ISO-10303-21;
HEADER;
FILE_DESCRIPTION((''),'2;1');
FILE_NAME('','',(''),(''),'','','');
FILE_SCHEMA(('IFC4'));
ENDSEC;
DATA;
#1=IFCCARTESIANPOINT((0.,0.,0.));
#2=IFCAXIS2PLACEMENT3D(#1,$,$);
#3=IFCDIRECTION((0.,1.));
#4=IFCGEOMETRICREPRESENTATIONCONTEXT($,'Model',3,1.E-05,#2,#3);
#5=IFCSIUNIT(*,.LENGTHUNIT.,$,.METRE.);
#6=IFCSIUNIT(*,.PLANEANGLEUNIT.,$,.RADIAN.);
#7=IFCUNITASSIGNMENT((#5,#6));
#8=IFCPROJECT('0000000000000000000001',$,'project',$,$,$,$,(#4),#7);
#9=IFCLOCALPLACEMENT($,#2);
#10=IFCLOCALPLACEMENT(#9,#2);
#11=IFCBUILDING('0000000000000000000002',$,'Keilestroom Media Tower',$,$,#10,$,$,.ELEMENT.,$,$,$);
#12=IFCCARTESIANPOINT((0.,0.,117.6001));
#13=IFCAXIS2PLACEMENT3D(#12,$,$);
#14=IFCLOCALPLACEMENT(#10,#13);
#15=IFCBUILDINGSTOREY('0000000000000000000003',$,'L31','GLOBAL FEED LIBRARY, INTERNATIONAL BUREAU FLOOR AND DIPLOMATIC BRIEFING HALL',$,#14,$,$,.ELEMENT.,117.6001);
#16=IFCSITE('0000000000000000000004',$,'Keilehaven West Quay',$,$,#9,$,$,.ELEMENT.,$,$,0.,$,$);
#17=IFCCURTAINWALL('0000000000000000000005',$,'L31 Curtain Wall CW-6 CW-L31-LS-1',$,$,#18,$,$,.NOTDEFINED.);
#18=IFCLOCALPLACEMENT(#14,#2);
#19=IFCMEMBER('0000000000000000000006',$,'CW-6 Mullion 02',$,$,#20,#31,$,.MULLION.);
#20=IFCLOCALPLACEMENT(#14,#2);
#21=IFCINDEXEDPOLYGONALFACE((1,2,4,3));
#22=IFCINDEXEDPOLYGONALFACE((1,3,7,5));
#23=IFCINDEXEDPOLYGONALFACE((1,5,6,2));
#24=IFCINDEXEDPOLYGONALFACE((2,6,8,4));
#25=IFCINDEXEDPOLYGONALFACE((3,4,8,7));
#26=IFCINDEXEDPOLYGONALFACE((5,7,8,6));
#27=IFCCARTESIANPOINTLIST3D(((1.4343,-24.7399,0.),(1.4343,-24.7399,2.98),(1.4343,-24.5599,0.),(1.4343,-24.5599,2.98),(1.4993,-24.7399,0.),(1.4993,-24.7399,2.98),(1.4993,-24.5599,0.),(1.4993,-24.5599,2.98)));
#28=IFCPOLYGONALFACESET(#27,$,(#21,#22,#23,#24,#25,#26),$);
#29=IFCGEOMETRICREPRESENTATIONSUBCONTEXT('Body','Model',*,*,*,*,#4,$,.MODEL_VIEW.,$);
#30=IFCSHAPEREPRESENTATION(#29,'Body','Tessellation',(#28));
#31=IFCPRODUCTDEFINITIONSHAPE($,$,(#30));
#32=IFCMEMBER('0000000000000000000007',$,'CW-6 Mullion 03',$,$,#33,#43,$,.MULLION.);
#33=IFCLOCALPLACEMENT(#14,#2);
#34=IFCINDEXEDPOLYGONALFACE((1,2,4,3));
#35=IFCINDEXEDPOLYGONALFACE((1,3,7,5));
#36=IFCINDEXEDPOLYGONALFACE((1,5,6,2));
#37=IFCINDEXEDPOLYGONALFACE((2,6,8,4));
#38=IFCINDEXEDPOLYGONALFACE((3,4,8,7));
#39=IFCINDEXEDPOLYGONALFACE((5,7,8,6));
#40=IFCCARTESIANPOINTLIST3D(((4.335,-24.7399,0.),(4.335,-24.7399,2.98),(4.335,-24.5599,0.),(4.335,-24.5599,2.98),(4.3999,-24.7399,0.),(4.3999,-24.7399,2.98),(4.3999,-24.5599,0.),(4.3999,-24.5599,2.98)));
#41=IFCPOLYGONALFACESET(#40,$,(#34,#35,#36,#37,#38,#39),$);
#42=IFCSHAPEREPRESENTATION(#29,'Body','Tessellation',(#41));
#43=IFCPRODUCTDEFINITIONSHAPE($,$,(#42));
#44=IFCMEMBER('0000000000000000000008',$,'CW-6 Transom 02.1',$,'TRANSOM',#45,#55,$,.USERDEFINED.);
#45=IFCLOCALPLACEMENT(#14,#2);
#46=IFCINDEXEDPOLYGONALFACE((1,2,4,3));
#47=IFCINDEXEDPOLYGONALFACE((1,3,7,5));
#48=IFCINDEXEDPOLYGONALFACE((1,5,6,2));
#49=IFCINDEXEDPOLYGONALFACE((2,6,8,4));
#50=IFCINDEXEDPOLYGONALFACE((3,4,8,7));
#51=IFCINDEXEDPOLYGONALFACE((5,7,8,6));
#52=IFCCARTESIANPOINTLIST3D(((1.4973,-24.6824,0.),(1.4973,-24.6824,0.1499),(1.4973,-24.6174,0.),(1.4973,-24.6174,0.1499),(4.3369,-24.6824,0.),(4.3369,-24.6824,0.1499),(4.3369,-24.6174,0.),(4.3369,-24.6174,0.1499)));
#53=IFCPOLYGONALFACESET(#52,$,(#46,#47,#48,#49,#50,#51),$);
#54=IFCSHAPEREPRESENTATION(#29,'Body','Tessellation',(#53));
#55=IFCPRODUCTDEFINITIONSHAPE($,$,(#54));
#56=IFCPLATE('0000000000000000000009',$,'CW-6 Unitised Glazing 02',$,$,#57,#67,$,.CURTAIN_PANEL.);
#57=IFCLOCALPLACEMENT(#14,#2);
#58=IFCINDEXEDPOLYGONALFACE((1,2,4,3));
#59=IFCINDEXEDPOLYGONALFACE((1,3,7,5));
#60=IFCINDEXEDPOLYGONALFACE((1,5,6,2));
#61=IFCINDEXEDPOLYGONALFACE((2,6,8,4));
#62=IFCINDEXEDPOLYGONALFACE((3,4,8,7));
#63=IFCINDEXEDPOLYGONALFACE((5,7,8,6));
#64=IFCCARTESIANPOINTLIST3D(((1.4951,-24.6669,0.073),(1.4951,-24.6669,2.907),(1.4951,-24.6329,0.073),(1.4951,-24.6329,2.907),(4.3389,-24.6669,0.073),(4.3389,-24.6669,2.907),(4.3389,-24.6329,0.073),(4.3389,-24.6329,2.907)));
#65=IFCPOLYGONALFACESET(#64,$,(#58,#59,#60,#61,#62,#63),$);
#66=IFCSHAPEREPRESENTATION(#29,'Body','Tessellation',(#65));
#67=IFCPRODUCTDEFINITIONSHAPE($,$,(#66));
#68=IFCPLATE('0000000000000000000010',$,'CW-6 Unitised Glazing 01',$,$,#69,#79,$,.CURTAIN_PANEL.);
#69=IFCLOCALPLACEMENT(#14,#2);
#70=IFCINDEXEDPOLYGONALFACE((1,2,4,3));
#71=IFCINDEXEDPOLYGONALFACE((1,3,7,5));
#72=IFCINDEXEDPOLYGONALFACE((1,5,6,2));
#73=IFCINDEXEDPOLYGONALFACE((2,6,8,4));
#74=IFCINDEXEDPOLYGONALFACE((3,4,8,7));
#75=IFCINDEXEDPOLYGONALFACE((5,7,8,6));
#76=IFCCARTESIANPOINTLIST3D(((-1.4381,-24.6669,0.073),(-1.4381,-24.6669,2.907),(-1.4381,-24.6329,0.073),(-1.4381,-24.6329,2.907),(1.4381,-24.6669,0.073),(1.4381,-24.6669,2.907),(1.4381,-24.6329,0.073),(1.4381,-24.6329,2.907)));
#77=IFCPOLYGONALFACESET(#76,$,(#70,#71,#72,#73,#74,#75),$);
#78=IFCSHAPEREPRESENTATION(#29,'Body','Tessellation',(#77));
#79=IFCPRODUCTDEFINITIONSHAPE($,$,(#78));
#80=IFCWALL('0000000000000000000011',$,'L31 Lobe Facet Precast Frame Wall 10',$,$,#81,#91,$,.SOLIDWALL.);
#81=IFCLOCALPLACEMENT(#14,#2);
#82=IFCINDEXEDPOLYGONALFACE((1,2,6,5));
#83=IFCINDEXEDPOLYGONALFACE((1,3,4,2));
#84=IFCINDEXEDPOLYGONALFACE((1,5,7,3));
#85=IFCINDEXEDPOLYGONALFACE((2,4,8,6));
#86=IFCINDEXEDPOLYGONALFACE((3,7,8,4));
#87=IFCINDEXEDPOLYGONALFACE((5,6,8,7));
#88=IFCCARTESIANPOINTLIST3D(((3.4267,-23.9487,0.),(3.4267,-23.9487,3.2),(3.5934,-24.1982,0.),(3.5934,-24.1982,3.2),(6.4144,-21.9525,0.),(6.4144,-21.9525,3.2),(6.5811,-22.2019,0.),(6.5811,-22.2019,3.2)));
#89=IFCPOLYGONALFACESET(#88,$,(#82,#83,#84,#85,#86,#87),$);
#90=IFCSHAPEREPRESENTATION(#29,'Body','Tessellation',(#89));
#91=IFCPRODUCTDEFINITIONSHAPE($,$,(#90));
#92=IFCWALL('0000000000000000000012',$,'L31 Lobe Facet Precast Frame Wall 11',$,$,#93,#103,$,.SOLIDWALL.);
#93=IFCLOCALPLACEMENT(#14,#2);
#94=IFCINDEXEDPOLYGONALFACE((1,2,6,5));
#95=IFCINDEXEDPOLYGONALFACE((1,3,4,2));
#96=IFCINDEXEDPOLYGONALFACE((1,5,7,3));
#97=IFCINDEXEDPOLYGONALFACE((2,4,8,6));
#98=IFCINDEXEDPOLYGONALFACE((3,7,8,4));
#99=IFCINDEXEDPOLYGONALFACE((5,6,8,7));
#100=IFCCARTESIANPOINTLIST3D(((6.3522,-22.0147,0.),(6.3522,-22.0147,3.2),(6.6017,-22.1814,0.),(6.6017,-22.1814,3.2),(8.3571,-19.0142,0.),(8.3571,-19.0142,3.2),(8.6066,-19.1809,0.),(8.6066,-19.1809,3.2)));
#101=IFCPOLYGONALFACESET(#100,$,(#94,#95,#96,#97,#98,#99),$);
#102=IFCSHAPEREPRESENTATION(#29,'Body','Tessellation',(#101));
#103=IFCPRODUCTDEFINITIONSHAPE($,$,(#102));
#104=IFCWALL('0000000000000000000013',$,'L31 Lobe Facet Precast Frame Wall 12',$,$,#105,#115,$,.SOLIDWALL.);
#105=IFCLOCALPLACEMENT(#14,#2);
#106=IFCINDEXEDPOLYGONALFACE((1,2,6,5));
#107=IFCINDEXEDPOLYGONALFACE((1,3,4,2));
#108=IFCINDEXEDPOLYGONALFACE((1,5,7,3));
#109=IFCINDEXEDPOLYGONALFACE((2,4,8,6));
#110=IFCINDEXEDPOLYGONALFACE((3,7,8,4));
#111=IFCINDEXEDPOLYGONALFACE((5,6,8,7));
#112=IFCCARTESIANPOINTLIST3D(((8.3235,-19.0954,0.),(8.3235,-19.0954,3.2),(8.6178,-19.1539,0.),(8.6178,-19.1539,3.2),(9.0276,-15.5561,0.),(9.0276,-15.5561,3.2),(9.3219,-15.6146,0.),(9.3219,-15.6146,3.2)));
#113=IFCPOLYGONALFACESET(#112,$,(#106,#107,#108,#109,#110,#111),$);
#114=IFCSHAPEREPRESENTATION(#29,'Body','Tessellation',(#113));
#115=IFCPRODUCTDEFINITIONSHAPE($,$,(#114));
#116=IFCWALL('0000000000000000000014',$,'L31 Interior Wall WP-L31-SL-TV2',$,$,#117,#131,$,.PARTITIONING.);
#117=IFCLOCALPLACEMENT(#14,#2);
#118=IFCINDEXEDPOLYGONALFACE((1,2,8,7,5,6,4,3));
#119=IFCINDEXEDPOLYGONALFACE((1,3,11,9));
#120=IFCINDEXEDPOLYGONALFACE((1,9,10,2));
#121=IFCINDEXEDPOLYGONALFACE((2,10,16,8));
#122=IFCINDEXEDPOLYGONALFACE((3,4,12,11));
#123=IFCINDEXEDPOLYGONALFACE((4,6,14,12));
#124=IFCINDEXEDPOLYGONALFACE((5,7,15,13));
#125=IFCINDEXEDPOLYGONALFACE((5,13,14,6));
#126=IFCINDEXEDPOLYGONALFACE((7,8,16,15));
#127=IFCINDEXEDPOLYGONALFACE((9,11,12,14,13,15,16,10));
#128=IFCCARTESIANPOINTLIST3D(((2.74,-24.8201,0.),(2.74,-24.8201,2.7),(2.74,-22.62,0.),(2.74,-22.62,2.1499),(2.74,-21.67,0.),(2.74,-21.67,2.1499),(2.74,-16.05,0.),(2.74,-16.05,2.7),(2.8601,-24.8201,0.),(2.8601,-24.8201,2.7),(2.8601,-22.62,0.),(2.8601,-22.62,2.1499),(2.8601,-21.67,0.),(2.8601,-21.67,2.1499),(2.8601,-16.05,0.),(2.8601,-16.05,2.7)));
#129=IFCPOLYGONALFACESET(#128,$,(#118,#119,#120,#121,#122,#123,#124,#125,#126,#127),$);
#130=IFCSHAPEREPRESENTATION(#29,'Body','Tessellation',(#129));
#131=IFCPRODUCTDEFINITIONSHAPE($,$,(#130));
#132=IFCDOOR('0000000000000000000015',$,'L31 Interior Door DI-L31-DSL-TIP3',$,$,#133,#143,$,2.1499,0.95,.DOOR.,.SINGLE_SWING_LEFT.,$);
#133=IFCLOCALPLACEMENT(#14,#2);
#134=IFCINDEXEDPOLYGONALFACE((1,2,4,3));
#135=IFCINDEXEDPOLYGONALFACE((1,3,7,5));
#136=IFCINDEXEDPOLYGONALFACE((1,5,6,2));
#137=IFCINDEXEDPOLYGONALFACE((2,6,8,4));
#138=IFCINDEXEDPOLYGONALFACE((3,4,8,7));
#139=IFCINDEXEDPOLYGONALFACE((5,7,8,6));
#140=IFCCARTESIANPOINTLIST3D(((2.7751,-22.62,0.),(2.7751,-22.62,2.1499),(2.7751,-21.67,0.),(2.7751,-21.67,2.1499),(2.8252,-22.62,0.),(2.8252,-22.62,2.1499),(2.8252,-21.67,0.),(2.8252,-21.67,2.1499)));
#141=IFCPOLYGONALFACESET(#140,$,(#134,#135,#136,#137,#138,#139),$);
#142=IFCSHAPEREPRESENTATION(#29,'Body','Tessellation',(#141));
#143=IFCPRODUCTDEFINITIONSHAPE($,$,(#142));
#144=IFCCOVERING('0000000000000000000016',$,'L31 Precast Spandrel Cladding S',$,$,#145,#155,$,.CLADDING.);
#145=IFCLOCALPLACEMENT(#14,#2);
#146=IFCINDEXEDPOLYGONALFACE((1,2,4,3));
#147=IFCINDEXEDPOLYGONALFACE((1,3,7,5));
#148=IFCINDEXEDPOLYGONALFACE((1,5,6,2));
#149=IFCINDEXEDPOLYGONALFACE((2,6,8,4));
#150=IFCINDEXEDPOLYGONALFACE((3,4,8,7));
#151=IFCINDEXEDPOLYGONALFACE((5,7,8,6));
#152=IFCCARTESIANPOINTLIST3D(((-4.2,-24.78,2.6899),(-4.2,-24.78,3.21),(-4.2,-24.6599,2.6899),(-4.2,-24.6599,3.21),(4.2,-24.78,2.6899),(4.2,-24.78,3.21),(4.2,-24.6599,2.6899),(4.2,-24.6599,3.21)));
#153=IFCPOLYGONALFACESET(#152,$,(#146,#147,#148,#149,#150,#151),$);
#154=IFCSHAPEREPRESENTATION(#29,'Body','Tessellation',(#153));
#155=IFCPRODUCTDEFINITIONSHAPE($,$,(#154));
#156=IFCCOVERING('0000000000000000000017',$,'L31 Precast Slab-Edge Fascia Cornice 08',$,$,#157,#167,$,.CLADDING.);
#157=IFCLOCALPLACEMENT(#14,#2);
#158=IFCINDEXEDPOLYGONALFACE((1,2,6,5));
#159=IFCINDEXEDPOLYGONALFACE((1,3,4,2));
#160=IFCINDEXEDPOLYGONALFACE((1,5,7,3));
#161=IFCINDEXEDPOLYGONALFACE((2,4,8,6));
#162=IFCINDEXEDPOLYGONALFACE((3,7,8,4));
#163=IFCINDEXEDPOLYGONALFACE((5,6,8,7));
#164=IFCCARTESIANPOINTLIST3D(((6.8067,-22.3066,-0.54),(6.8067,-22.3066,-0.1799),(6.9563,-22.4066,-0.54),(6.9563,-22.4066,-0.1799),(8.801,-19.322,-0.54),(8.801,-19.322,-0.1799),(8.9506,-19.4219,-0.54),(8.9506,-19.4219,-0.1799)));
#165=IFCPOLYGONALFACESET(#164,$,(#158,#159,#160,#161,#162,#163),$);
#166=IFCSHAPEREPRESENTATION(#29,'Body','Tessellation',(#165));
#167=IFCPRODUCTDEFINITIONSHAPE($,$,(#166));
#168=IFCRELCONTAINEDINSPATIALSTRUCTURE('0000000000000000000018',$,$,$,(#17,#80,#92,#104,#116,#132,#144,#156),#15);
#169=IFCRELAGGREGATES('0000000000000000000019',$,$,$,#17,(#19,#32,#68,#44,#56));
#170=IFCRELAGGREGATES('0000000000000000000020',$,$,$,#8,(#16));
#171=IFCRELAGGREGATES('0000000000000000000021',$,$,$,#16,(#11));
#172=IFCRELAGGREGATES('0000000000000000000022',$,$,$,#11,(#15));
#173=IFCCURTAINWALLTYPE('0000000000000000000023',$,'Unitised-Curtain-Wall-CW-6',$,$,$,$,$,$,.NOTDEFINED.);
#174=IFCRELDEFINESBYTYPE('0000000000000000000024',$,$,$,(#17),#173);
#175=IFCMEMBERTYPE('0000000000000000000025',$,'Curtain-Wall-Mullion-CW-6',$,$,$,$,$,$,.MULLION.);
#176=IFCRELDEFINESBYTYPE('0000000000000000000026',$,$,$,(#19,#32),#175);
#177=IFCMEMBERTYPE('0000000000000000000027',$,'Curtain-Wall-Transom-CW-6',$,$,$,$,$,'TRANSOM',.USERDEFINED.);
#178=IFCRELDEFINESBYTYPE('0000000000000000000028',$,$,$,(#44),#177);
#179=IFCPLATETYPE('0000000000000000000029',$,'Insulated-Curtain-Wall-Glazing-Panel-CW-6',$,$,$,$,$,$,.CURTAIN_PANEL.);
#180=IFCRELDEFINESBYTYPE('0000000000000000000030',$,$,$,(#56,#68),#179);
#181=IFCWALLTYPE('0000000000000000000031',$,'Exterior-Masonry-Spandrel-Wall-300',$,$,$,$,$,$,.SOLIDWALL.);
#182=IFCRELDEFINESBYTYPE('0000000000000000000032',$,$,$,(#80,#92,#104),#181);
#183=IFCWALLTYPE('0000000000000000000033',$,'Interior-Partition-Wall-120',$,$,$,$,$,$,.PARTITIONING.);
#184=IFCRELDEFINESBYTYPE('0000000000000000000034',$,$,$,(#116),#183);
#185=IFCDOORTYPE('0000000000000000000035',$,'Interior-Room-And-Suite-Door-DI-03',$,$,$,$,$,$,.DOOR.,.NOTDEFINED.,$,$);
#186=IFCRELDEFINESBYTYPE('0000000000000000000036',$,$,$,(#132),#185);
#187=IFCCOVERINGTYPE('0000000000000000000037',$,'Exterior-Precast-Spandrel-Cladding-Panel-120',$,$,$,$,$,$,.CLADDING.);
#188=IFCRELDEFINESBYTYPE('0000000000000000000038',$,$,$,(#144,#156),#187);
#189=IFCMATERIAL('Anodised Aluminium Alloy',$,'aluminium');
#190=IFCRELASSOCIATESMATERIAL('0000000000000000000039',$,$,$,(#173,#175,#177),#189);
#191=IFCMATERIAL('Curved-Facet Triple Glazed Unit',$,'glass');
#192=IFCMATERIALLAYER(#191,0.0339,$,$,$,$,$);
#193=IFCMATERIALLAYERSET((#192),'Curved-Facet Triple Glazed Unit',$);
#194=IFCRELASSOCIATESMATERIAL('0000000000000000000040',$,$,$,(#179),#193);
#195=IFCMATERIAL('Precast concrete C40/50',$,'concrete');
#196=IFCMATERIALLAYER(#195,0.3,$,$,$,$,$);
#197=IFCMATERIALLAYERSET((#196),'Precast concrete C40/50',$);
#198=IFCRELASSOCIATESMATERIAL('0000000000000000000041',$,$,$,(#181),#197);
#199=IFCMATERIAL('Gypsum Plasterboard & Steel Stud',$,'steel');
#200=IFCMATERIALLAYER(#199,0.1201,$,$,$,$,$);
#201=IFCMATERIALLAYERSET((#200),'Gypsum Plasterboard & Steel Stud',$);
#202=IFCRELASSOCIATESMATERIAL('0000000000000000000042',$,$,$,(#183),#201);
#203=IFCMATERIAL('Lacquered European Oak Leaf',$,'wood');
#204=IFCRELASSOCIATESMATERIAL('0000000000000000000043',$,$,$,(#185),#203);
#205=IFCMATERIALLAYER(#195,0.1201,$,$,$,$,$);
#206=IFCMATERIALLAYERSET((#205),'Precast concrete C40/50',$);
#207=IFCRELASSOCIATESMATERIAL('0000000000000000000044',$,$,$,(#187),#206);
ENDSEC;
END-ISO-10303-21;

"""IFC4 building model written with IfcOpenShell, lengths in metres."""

from ifc_helpers import new_model, si_unit, direction, frame, frame_2d, origin, origin_2d, place, context, subcontext, project, spatial, rectangle, extrude, source, transform, mapped, material, layer, layer_set, material_profile, profile_set, type_object, element, fill, aggregate, save


model = new_model("IFC4")

# Units and contexts
model_context = context("Model", 3, precision=1e-05, world=origin(), true_north=direction((0.0, 1.0)))
body_context = subcontext(model_context, "Body", "Model", "MODEL_VIEW")
ifc_project = project(units=[si_unit("LENGTHUNIT", "METRE"), si_unit("PLANEANGLEUNIT", "RADIAN")], contexts=[model_context])

# Site, building, storey
site_placement = place(None, origin())
site = spatial("IfcSite", under=ifc_project, at=site_placement, Name="Keilehaven West Quay", CompositionType="ELEMENT", RefElevation=0.0)
building_placement = place(site_placement, origin())
building = spatial("IfcBuilding", under=site, at=building_placement, Name="Keilestroom Media Tower", CompositionType="ELEMENT")
storey_placement = place(building_placement, frame((0.0, 0.0, 117.6001)))
storey = spatial("IfcBuildingStorey", under=building, at=storey_placement, Name="L31", Description="GLOBAL FEED LIBRARY, INTERNATIONAL BUREAU FLOOR AND DIPLOMATIC BRIEFING HALL", CompositionType="ELEMENT", Elevation=117.6001)

# Curtain wall, members, plates
ifc_material_1 = material(Name="Anodised Aluminium Alloy", Category="aluminium")
curtain_wall_type = type_object("IfcCurtainWallType", Name="Unitised-Curtain-Wall-CW-6", PredefinedType="NOTDEFINED", material=ifc_material_1)
curtain_wall_placement = place(storey_placement, origin())
curtain_wall = element("IfcCurtainWall", 1, at=curtain_wall_placement, inside=storey, type_object=curtain_wall_type, Name="L31 Curtain Wall CW-6 CW-L31-LS-1", PredefinedType="NOTDEFINED")
ifc_material_profile_1 = material_profile(ifc_material_1, rectangle(XDim=0.0649, YDim=0.1799, at=origin_2d()), Name="ALU MULLION 65x180")
ifc_profile_set_1 = profile_set([ifc_material_profile_1], Name="Anodised Aluminium Alloy")
member_type_1 = type_object("IfcMemberType", Name="Curtain-Wall-Mullion-CW-6", PredefinedType="MULLION", material=ifc_profile_set_1)
shared_shape_1 = source(origin(), body_context, "Body", "SweptSolid", [
    extrude(rectangle(XDim=0.0649, YDim=0.1799, at=origin_2d()), origin(), (0.0, 0.0, 1.0), 2.98),
])
member_1_placement = place(storey_placement, frame((1.4668, -24.6499, 0.0), z_axis=(0.0, 0.0, 1.0), x_axis=(1.0, 0.0, 0.0)))
member_1 = element("IfcMember", 2, at=member_1_placement, type_object=member_type_1, Name="CW-6 Mullion 02", PredefinedType="MULLION", context=body_context, shape_type="MappedRepresentation", body=[
    mapped(shared_shape_1, transform((0.0, 0.0, 0.0), x_axis=(1.0, 0.0, 0.0), y_axis=(0.0, 1.0, 0.0), z_axis=(0.0, 0.0, 1.0), scale=1.0)),
])
member_2_placement = place(storey_placement, frame((4.3674, -24.6499, 0.0), z_axis=(0.0, 0.0, 1.0), x_axis=(1.0, 0.0, 0.0)))
member_2 = element("IfcMember", 3, at=member_2_placement, type_object=member_type_1, Name="CW-6 Mullion 03", PredefinedType="MULLION", context=body_context, shape_type="MappedRepresentation", body=[
    mapped(shared_shape_1, transform((0.0, 0.0, 0.0), x_axis=(1.0, 0.0, 0.0), y_axis=(0.0, 1.0, 0.0), z_axis=(0.0, 0.0, 1.0), scale=1.0)),
])
ifc_material_profile_2 = material_profile(ifc_material_1, rectangle(XDim=0.0649, YDim=0.1499, at=origin_2d()), Name="ALU TRANSOM 65x150")
ifc_profile_set_2 = profile_set([ifc_material_profile_2], Name="Anodised Aluminium Alloy")
member_type_2 = type_object("IfcMemberType", Name="Curtain-Wall-Transom-CW-6", ElementType="TRANSOM", PredefinedType="USERDEFINED", material=ifc_profile_set_2)
shared_shape_2 = source(origin(), body_context, "Body", "SweptSolid", [
    extrude(rectangle(XDim=0.0649, YDim=0.1499, at=origin_2d()), origin(), (0.0, 0.0, 1.0), 2.8396),
])
member_3_placement = place(storey_placement, frame((1.4973, -24.6499, 0.075), z_axis=(1.0, 0.0, 0.0), x_axis=(0.0, 1.0, 0.0)))
member_3 = element("IfcMember", 4, at=member_3_placement, type_object=member_type_2, Name="CW-6 Transom 02.1", ObjectType="TRANSOM", PredefinedType="USERDEFINED", context=body_context, shape_type="MappedRepresentation", body=[
    mapped(shared_shape_2, transform((0.0, 0.0, 0.0), x_axis=(1.0, 0.0, 0.0), y_axis=(0.0, 1.0, 0.0), z_axis=(0.0, 0.0, 1.0), scale=1.0)),
])
ifc_material_2 = material(Name="Curved-Facet Triple Glazed Unit", Category="glass")
ifc_layer_1 = layer(ifc_material_2, 0.0339)
ifc_layer_set_1 = layer_set([ifc_layer_1], Name="Curved-Facet Triple Glazed Unit")
plate_type = type_object("IfcPlateType", Name="Insulated-Curtain-Wall-Glazing-Panel-CW-6", PredefinedType="CURTAIN_PANEL", material=ifc_layer_set_1)
shared_shape_3 = source(origin(), body_context, "Body", "SweptSolid", [
    extrude(rectangle(XDim=2.8438, YDim=0.0339, at=origin_2d()), origin(), (0.0, 0.0, 1.0), 2.834),
])
plate_1_placement = place(storey_placement, frame((2.917, -24.6499, 0.073), z_axis=(0.0, 0.0, 1.0), x_axis=(1.0, 0.0, 0.0)))
plate_1 = element("IfcPlate", 5, at=plate_1_placement, type_object=plate_type, Name="CW-6 Unitised Glazing 02", PredefinedType="CURTAIN_PANEL", context=body_context, shape_type="MappedRepresentation", body=[
    mapped(shared_shape_3, transform((0.0, 0.0, 0.0), x_axis=(1.0, 0.0, 0.0), y_axis=(0.0, 1.0, 0.0), z_axis=(0.0, 0.0, 1.0), scale=1.0)),
])
shared_shape_4 = source(origin(), body_context, "Body", "SweptSolid", [
    extrude(rectangle(XDim=2.8762, YDim=0.0339, at=origin_2d()), origin(), (0.0, 0.0, 1.0), 2.834),
])
plate_2_placement = place(storey_placement, frame((0.0, -24.6499, 0.073), z_axis=(0.0, 0.0, 1.0), x_axis=(1.0, 0.0, 0.0)))
plate_2 = element("IfcPlate", 6, at=plate_2_placement, type_object=plate_type, Name="CW-6 Unitised Glazing 01", PredefinedType="CURTAIN_PANEL", context=body_context, shape_type="MappedRepresentation", body=[
    mapped(shared_shape_4, transform((0.0, 0.0, 0.0), x_axis=(1.0, 0.0, 0.0), y_axis=(0.0, 1.0, 0.0), z_axis=(0.0, 0.0, 1.0), scale=1.0)),
])
aggregate(curtain_wall, [member_1, member_2, plate_2, member_3, plate_1])

# Walls
ifc_material_3 = material(Name="Precast concrete C40/50", Category="concrete")
ifc_layer_2 = layer(ifc_material_3, 0.3)
ifc_layer_set_2 = layer_set([ifc_layer_2], Name="Precast concrete C40/50")
wall_type_1 = type_object("IfcWallType", Name="Exterior-Masonry-Spandrel-Wall-300", PredefinedType="SOLIDWALL", material=ifc_layer_set_2)
wall_1_placement = place(storey_placement, frame((3.51, -24.0735, 0.0), z_axis=(0.0, 0.0, 1.0), x_axis=(0.831475, 0.555562, 0.0)))
element("IfcWall", 7, at=wall_1_placement, inside=storey, type_object=wall_type_1, Name="L31 Lobe Facet Precast Frame Wall 10", PredefinedType="SOLIDWALL", context=body_context, shape_type="SweptSolid", body=[
    extrude(rectangle(XDim=3.5933, YDim=0.3, at=frame_2d((1.7966, 0.0))), origin(), (0.0, 0.0, 1.0), 3.2),
])
for number, where, z_axis, x_axis, name in (
    (8, (6.4771, -22.0979, 0.0), (0.0, 0.0, 1.0), (0.555574, 0.831467, 0.0), "L31 Lobe Facet Precast Frame Wall 11"),
    (9, (8.4707, -19.1245, 0.0), (0.0, 0.0, 1.0), (0.195114, 0.980781, 0.0), "L31 Lobe Facet Precast Frame Wall 12"),
):
    element("IfcWall", number, at=place(storey_placement, frame(where, z_axis=z_axis, x_axis=x_axis)), inside=storey, type_object=wall_type_1, Name=name, PredefinedType="SOLIDWALL", context=body_context, shape_type="SweptSolid", body=[
        extrude(rectangle(XDim=3.6086, YDim=0.3, at=frame_2d((1.8042, 0.0))), origin(), (0.0, 0.0, 1.0), 3.2),
    ])

# Wall, opening, door
ifc_material_4 = material(Name="Gypsum Plasterboard & Steel Stud", Category="steel")
ifc_layer_3 = layer(ifc_material_4, 0.1201)
ifc_layer_set_3 = layer_set([ifc_layer_3], Name="Gypsum Plasterboard & Steel Stud")
wall_type_2 = type_object("IfcWallType", Name="Interior-Partition-Wall-120", PredefinedType="PARTITIONING", material=ifc_layer_set_3)
wall_2_placement = place(storey_placement, frame((2.8, -24.8201, 0.0), z_axis=(0.0, 0.0, 1.0), x_axis=(0.0, 1.0, 0.0)))
wall_2 = element("IfcWall", 10, at=wall_2_placement, inside=storey, type_object=wall_type_2, Name="L31 Interior Wall WP-L31-SL-TV2", PredefinedType="PARTITIONING", context=body_context, shape_type="SweptSolid", body=[
    extrude(rectangle(XDim=8.77, YDim=0.1201, at=frame_2d((4.385, 0.0))), origin(), (0.0, 0.0, 1.0), 2.7),
])
opening_placement = place(wall_2_placement, frame((2.2, 0.0, 0.0)))
opening = element("IfcOpeningElement", 11, at=opening_placement, cuts=wall_2, PredefinedType="OPENING", context=body_context, shape_type="SweptSolid", body=[
    extrude(rectangle(XDim=0.95, YDim=2.1499, at=frame_2d((0.4751, 1.075))), frame((0.0, 0.0701, 0.0), z_axis=(0.0, -1.0, 0.0), x_axis=(1.0, 0.0, 0.0)), (0.0, 0.0, 1.0), 0.1401),
])
ifc_material_5 = material(Name="Lacquered European Oak Leaf", Category="wood")
door_type = type_object("IfcDoorType", Name="Interior-Room-And-Suite-Door-DI-03", OperationType="NOTDEFINED", PredefinedType="DOOR", material=ifc_material_5)
shared_shape_5 = source(origin(), body_context, "Body", "SweptSolid", [
    extrude(rectangle(XDim=0.95, YDim=2.1499, at=frame_2d((0.4751, 1.075))), frame((0.0, 0.0249, 0.0), z_axis=(0.0, -1.0, 0.0), x_axis=(1.0, 0.0, 0.0)), (0.0, 0.0, 1.0), 0.05),
])
door_placement = place(opening_placement, origin())
door = element("IfcDoor", 12, at=door_placement, inside=storey, type_object=door_type, Name="L31 Interior Door DI-L31-DSL-TIP3", OperationType="SINGLE_SWING_LEFT", OverallHeight=2.1499, OverallWidth=0.95, PredefinedType="DOOR", context=body_context, shape_type="MappedRepresentation", body=[
    mapped(shared_shape_5, transform((0.0, 0.0, 0.0), x_axis=(1.0, 0.0, 0.0), y_axis=(0.0, 1.0, 0.0), z_axis=(0.0, 0.0, 1.0), scale=1.0)),
])
fill(opening, door)

# Coverings
ifc_layer_4 = layer(ifc_material_3, 0.1201)
ifc_layer_set_4 = layer_set([ifc_layer_4], Name="Precast concrete C40/50")
covering_type = type_object("IfcCoveringType", Name="Exterior-Precast-Spandrel-Cladding-Panel-120", PredefinedType="CLADDING", material=ifc_layer_set_4)
shared_shape_6 = source(origin(), body_context, "Body", "SweptSolid", [
    extrude(rectangle(XDim=8.3999, YDim=0.1201, at=origin_2d()), origin(), (0.0, 0.0, 1.0), 0.52),
])
covering_placement = place(storey_placement, frame((0.0, -24.72, 2.6899), z_axis=(0.0, 0.0, 1.0), x_axis=(1.0, 0.0, 0.0)))
element("IfcCovering", 13, at=covering_placement, inside=storey, type_object=covering_type, Name="L31 Precast Spandrel Cladding S", PredefinedType="CLADDING", context=body_context, shape_type="MappedRepresentation", body=[
    mapped(shared_shape_6, transform((0.0, 0.0, 0.0), x_axis=(1.0, 0.0, 0.0), y_axis=(0.0, 1.0, 0.0), z_axis=(0.0, 0.0, 1.0), scale=1.0)),
])
shared_shape_7 = source(origin(), body_context, "Body", "SweptSolid", [
    extrude(rectangle(XDim=3.5896, YDim=0.1799, at=origin_2d()), origin(), (0.0, 0.0, 1.0), 0.3601),
])
for number, where, z_axis, x_axis, name in (
    (14, (7.8787, -20.8643, -0.54), (0.0, 0.0, 1.0), (-0.555575, -0.831467, 0.0), "L31 Precast Slab-Edge Fascia Cornice 08"),
):
    element("IfcCovering", number, at=place(storey_placement, frame(where, z_axis=z_axis, x_axis=x_axis)), inside=storey, type_object=covering_type, Name=name, PredefinedType="CLADDING", context=body_context, shape_type="MappedRepresentation", body=[
        mapped(shared_shape_7, transform((0.0, 0.0, 0.0), x_axis=(1.0, 0.0, 0.0), y_axis=(0.0, 1.0, 0.0), z_axis=(0.0, 0.0, 1.0), scale=1.0)),
    ])

save(model, "model.ifc")
